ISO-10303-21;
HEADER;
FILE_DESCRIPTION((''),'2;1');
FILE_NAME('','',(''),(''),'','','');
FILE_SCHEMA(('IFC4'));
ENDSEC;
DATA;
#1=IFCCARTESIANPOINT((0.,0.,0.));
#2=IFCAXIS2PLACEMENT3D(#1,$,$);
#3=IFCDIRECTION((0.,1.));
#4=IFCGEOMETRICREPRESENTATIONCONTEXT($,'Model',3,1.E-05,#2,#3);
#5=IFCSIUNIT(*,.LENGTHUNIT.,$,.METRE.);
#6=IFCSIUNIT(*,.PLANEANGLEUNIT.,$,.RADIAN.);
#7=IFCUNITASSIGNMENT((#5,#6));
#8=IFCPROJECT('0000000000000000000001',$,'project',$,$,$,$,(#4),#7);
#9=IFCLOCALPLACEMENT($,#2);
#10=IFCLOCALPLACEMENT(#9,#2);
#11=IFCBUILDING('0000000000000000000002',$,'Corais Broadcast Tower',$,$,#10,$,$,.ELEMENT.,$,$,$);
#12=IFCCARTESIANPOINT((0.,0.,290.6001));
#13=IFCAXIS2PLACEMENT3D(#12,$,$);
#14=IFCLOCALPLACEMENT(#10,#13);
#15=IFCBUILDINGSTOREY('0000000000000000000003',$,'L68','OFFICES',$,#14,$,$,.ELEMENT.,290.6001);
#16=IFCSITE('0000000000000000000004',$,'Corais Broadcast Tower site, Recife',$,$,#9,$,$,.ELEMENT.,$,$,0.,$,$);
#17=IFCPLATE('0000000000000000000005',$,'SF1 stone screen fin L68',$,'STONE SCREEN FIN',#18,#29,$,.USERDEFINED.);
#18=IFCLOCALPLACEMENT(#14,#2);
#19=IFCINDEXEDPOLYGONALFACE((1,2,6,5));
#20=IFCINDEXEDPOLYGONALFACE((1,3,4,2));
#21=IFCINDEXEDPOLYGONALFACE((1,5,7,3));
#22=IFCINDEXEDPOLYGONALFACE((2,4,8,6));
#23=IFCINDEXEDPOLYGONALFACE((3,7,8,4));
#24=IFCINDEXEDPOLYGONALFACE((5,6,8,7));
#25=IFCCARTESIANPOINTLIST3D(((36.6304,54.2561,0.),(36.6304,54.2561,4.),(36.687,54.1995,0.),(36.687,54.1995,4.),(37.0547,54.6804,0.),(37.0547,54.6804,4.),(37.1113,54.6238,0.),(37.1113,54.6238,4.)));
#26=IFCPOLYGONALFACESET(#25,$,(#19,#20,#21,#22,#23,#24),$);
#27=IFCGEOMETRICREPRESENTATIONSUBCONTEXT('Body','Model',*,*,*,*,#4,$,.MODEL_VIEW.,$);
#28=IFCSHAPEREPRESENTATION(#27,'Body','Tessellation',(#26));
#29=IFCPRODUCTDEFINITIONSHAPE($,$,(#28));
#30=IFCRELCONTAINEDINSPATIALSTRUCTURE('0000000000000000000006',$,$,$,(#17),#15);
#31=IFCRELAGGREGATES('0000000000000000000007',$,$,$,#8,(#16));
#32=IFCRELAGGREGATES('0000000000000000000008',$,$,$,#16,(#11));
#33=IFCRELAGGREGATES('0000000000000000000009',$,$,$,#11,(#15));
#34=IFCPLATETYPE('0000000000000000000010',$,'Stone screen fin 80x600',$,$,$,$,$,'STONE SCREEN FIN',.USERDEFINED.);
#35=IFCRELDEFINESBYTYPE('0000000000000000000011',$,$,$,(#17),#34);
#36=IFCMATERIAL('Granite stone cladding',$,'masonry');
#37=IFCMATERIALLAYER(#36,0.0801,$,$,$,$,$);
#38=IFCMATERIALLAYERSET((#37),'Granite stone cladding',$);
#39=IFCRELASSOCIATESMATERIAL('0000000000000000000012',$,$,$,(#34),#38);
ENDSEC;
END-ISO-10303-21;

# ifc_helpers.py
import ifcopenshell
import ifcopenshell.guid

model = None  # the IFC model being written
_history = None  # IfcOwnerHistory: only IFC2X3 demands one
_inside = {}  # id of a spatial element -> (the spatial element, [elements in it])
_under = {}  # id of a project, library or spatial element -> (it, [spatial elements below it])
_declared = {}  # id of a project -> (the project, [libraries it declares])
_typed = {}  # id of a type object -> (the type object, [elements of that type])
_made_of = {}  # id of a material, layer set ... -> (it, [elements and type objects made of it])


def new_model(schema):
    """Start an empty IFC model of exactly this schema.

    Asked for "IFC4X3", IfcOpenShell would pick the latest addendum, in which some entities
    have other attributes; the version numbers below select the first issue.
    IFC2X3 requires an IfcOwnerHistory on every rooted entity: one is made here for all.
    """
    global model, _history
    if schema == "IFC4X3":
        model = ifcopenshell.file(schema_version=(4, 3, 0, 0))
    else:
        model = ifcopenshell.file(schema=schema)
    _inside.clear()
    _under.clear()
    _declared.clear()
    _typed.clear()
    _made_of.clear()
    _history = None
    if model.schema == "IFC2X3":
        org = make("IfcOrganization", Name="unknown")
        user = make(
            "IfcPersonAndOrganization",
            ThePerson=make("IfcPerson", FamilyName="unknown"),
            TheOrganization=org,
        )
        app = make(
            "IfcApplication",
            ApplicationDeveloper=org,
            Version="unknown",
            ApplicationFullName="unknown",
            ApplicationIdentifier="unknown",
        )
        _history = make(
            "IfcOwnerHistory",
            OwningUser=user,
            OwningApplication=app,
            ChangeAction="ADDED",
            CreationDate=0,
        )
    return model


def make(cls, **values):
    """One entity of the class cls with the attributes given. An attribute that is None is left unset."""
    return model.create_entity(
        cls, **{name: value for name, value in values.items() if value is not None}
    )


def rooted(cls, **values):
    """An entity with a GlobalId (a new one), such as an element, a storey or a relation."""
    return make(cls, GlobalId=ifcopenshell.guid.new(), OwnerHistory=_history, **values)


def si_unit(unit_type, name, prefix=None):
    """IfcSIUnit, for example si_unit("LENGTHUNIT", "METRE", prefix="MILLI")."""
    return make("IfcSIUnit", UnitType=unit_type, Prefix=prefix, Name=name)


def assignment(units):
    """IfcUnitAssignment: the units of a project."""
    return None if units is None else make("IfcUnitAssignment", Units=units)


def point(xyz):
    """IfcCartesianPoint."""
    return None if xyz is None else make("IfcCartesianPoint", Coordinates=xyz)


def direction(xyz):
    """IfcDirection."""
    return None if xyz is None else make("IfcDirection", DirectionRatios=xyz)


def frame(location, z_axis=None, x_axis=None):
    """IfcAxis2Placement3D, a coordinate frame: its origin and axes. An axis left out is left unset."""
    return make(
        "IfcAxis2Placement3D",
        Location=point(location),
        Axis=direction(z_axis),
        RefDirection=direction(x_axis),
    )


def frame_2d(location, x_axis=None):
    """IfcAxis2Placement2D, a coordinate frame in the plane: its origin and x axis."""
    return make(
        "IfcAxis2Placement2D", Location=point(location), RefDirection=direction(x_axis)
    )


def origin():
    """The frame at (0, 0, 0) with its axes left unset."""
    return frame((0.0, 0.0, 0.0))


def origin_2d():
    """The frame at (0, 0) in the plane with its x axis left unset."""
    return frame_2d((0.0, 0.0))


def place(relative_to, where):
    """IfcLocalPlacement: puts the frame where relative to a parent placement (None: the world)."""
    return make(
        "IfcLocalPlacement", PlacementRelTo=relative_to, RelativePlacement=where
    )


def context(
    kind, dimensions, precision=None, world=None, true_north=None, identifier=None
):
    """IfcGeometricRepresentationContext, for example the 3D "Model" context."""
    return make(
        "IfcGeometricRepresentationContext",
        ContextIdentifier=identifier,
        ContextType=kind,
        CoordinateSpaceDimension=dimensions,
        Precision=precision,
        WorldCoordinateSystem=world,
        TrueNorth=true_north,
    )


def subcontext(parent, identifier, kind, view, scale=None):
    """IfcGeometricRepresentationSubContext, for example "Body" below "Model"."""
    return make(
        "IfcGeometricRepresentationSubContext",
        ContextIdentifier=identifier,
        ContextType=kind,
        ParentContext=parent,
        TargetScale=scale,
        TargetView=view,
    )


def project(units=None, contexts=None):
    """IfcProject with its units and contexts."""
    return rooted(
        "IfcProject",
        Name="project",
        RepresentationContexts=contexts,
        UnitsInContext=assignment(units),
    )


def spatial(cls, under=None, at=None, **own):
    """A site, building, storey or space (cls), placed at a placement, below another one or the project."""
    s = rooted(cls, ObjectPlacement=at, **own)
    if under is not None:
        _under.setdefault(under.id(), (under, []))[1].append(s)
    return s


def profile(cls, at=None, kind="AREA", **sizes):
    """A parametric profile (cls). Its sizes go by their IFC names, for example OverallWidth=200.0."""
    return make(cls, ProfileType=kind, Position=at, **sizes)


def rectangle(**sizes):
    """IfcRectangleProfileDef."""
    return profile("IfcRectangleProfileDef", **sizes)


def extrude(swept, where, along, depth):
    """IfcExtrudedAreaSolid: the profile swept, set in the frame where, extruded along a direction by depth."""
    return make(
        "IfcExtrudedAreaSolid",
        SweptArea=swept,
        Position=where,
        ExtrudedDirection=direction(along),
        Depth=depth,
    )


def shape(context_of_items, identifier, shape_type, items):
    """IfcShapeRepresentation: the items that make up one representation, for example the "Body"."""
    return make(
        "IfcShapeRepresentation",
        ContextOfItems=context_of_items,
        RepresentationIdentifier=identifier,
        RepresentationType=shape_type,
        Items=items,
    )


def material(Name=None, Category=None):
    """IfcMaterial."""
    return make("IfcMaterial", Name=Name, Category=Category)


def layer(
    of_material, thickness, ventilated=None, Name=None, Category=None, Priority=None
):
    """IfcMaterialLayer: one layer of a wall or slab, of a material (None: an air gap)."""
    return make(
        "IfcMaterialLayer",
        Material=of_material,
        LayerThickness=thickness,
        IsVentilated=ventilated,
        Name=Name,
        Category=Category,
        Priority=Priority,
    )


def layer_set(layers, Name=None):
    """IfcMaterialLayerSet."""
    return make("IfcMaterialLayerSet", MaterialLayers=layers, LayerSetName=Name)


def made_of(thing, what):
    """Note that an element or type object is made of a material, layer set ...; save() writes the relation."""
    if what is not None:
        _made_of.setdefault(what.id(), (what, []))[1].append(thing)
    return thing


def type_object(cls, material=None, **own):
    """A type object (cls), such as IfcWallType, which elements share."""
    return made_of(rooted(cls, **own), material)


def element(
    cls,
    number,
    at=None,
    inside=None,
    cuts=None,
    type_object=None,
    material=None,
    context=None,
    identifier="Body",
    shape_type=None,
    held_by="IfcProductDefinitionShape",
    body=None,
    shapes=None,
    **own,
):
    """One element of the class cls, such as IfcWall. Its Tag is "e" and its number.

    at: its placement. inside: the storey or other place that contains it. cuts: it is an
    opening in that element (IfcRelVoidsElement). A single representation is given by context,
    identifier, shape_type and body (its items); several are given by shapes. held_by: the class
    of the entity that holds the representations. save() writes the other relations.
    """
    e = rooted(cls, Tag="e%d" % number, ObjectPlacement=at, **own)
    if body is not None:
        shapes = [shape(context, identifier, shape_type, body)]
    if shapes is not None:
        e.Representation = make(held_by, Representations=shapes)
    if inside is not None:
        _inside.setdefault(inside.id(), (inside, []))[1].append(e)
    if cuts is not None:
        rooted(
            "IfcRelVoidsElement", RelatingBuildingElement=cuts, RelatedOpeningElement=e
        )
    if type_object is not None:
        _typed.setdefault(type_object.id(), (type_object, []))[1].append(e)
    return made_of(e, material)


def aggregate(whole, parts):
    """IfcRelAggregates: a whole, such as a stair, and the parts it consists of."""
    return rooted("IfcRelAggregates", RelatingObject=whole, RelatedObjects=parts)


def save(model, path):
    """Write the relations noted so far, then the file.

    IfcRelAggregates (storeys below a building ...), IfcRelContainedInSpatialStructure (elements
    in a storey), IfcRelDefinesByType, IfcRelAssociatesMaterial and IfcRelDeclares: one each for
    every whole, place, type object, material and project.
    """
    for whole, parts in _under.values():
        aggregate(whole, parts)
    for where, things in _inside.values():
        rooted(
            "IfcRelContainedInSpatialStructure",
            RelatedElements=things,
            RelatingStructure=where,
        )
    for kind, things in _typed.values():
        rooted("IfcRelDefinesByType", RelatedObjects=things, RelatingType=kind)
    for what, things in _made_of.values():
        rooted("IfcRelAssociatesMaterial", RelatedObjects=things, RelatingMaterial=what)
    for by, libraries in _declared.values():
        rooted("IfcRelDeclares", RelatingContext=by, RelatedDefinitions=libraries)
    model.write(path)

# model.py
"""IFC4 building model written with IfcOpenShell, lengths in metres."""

from ifc_helpers import new_model, si_unit, direction, frame, origin, origin_2d, place, context, subcontext, project, spatial, rectangle, extrude, material, layer, layer_set, type_object, element, save


model = new_model("IFC4")

# Units and contexts
model_context = context("Model", 3, precision=1e-05, world=origin(), true_north=direction((0.0, 1.0)))
body_context = subcontext(model_context, "Body", "Model", "MODEL_VIEW")
ifc_project = project(units=[si_unit("LENGTHUNIT", "METRE"), si_unit("PLANEANGLEUNIT", "RADIAN")], contexts=[model_context])

# Site, building, storey
site_placement = place(None, origin())
site = spatial("IfcSite", under=ifc_project, at=site_placement, Name="Corais Broadcast Tower site, Recife", CompositionType="ELEMENT", RefElevation=0.0)
building_placement = place(site_placement, origin())
building = spatial("IfcBuilding", under=site, at=building_placement, Name="Corais Broadcast Tower", CompositionType="ELEMENT")
storey_placement = place(building_placement, frame((0.0, 0.0, 290.6001)))
storey = spatial("IfcBuildingStorey", under=building, at=storey_placement, Name="L68", Description="OFFICES", CompositionType="ELEMENT", Elevation=290.6001)

# Plate
ifc_material_1 = material(Name="Granite stone cladding", Category="masonry")
ifc_layer_1 = layer(ifc_material_1, 0.0801)
ifc_layer_set_1 = layer_set([ifc_layer_1], Name="Granite stone cladding")
plate_type_1 = type_object("IfcPlateType", Name="Stone screen fin 80x600", ElementType="STONE SCREEN FIN", PredefinedType="USERDEFINED", material=ifc_layer_set_1)
plate_1_placement = place(storey_placement, frame((36.8708, 54.4399, 0.0), z_axis=(0.0, 0.0, 1.0), x_axis=(0.707107, -0.707107, 0.0)))
element("IfcPlate", 1, at=plate_1_placement, inside=storey, type_object=plate_type_1, Name="SF1 stone screen fin L68", ObjectType="STONE SCREEN FIN", PredefinedType="USERDEFINED", context=body_context, shape_type="SweptSolid", body=[
    extrude(rectangle(XDim=0.0801, YDim=0.6001, at=origin_2d()), origin(), (0.0, 0.0, 1.0), 4.0),
])

save(model, "model.ifc")
